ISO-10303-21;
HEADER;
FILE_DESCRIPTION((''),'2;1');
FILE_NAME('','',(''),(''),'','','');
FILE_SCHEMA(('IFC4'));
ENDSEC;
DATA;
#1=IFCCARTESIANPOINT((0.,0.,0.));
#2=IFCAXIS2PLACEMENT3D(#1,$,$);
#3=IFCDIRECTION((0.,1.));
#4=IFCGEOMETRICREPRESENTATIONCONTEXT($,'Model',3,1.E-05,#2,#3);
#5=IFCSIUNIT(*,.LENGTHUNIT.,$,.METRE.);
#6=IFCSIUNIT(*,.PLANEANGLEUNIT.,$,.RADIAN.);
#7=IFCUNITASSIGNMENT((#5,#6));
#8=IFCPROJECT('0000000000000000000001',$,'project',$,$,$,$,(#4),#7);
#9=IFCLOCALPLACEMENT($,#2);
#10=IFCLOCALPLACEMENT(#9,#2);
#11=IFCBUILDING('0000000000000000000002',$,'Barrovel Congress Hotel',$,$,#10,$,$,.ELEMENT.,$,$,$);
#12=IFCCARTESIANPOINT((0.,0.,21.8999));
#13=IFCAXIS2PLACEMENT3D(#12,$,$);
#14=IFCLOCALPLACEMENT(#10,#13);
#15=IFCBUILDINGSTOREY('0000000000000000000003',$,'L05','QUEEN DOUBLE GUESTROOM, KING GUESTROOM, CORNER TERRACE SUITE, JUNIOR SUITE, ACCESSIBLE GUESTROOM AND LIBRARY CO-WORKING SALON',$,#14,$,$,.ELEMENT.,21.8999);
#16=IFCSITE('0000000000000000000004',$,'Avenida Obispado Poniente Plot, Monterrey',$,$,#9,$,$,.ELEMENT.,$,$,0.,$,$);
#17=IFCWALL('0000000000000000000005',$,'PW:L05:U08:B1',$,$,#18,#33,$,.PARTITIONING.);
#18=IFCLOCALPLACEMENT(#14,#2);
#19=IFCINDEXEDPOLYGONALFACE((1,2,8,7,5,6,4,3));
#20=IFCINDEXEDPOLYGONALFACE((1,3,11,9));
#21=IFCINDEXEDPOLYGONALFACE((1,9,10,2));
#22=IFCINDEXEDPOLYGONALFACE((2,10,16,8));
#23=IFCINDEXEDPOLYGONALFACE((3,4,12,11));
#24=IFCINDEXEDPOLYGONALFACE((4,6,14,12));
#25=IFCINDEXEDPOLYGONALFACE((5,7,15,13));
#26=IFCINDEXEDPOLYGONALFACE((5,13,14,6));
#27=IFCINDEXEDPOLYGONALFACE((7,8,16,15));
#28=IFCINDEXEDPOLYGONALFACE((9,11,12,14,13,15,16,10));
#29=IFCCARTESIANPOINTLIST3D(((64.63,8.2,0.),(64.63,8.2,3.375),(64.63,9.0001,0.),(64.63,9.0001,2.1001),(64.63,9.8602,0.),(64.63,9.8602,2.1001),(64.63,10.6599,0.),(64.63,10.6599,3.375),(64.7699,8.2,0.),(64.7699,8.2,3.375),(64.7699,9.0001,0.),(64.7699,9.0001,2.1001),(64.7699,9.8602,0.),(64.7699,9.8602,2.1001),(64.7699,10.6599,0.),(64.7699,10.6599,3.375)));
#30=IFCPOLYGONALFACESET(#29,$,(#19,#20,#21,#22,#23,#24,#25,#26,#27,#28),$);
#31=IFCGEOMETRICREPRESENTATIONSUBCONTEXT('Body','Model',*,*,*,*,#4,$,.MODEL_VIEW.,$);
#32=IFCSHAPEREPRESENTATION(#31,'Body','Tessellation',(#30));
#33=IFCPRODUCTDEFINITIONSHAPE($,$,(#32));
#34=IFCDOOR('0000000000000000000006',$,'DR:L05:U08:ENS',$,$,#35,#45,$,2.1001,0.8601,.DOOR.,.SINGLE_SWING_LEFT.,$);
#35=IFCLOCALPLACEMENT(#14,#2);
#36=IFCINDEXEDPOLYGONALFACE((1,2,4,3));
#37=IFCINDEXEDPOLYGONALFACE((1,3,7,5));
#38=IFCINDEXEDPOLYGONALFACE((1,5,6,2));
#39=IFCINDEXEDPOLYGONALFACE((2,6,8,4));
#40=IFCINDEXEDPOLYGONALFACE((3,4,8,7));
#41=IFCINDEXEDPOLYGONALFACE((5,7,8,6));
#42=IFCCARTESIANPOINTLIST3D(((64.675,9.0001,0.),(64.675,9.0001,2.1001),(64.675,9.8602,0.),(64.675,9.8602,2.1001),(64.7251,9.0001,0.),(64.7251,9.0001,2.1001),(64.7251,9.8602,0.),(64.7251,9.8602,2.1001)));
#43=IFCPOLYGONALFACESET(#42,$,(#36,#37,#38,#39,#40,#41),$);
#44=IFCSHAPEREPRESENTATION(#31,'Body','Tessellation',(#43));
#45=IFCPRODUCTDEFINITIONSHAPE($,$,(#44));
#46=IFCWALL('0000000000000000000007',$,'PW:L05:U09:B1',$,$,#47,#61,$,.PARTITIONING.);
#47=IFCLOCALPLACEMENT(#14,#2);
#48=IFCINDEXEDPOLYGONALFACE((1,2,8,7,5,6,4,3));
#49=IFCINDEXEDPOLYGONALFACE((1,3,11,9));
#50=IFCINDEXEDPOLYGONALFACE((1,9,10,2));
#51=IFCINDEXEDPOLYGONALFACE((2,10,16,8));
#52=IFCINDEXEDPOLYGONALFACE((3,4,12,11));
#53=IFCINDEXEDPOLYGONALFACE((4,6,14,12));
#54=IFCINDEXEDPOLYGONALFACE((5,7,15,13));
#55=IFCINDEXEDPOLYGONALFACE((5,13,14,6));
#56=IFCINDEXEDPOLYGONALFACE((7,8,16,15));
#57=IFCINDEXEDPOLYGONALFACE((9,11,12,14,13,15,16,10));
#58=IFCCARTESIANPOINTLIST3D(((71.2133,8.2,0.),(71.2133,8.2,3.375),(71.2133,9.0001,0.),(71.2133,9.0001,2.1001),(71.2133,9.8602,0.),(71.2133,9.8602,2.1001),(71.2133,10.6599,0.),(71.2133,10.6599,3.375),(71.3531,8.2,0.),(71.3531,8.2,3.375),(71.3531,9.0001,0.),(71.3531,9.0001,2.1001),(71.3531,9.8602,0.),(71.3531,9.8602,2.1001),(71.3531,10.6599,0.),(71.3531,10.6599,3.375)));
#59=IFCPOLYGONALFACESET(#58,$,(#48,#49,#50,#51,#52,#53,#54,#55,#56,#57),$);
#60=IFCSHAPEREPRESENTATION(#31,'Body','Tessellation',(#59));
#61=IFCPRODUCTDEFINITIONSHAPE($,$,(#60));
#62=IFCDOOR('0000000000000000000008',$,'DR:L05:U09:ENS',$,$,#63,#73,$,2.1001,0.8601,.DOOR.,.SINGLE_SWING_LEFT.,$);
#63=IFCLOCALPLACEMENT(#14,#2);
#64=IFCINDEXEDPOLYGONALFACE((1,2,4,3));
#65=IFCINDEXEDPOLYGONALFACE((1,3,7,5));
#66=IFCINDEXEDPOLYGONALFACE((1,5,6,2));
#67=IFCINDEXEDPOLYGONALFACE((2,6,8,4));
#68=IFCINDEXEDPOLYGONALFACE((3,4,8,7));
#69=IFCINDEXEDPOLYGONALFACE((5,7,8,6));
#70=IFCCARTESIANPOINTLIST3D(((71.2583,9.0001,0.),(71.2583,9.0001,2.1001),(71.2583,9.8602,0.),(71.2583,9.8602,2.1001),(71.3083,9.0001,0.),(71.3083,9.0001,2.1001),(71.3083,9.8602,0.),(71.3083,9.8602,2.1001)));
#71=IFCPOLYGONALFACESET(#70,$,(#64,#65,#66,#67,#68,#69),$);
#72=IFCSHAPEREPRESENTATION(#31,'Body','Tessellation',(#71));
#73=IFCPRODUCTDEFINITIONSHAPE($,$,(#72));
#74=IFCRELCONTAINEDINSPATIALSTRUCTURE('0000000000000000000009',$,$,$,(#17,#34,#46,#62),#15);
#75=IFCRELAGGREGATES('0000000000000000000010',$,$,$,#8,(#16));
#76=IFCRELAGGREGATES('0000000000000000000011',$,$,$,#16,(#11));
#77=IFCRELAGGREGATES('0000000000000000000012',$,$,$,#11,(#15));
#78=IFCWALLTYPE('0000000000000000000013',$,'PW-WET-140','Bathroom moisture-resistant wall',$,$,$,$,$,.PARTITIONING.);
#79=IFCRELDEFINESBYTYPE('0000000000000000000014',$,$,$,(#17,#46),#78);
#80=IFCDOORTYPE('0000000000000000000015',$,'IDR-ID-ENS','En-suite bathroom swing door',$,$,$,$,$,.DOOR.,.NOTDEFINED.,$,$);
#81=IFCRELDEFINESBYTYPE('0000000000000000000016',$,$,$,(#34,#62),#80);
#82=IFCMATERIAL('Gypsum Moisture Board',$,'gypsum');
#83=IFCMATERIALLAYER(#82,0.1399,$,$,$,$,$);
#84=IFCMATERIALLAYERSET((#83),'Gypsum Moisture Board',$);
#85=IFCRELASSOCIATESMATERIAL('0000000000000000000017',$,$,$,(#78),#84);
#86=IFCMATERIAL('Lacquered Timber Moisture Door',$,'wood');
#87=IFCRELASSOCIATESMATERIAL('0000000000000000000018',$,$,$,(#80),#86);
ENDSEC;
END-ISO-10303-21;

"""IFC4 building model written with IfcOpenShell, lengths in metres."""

from ifc_helpers import new_model, si_unit, direction, frame, frame_2d, origin, place, context, subcontext, project, spatial, rectangle, extrude, material, layer, layer_set, type_object, element, fill, save


model = new_model("IFC4")

# Units and contexts
model_context = context("Model", 3, precision=1e-05, world=origin(), true_north=direction((0.0, 1.0)))
body_context = subcontext(model_context, "Body", "Model", "MODEL_VIEW")
ifc_project = project(units=[si_unit("LENGTHUNIT", "METRE"), si_unit("PLANEANGLEUNIT", "RADIAN")], contexts=[model_context])

# Site, building, storey
site_placement = place(None, origin())
site = spatial("IfcSite", under=ifc_project, at=site_placement, Name="Avenida Obispado Poniente Plot, Monterrey", CompositionType="ELEMENT", RefElevation=0.0)
building_placement = place(site_placement, origin())
building = spatial("IfcBuilding", under=site, at=building_placement, Name="Barrovel Congress Hotel", CompositionType="ELEMENT")
storey_placement = place(building_placement, frame((0.0, 0.0, 21.8999)))
storey = spatial("IfcBuildingStorey", under=building, at=storey_placement, Name="L05", Description="QUEEN DOUBLE GUESTROOM, KING GUESTROOM, CORNER TERRACE SUITE, JUNIOR SUITE, ACCESSIBLE GUESTROOM AND LIBRARY CO-WORKING SALON", CompositionType="ELEMENT", Elevation=21.8999)

# Walls, openings, doors
ifc_material_1 = material(Name="Gypsum Moisture Board", Category="gypsum")
ifc_layer_1 = layer(ifc_material_1, 0.1399)
ifc_layer_set_1 = layer_set([ifc_layer_1], Name="Gypsum Moisture Board")
wall_type_1 = type_object("IfcWallType", Name="PW-WET-140", Description="Bathroom moisture-resistant wall", PredefinedType="PARTITIONING", material=ifc_layer_set_1)
wall_1_placement = place(storey_placement, frame((64.7, 8.2, 0.0), z_axis=(0.0, 0.0, 1.0), x_axis=(0.0, 1.0, 0.0)))
wall_1 = element("IfcWall", 1, at=wall_1_placement, inside=storey, type_object=wall_type_1, Name="PW:L05:U08:B1", PredefinedType="PARTITIONING", context=body_context, shape_type="SweptSolid", body=[
    extrude(rectangle(XDim=2.46, YDim=0.1399, at=frame_2d((1.23, 0.0))), origin(), (0.0, 0.0, 1.0), 3.375),
])
opening_1_placement = place(wall_1_placement, frame((0.8, 0.0, 0.0)))
opening_1 = element("IfcOpeningElement", 2, at=opening_1_placement, cuts=wall_1, PredefinedType="OPENING", context=body_context, shape_type="SweptSolid", body=[
    extrude(rectangle(XDim=0.8601, YDim=2.1001, at=frame_2d((0.4302, 1.05))), frame((0.0, 0.0801, 0.0), z_axis=(0.0, -1.0, 0.0), x_axis=(1.0, 0.0, 0.0)), (0.0, 0.0, 1.0), 0.1599),
])
ifc_material_2 = material(Name="Lacquered Timber Moisture Door", Category="wood")
door_type_1 = type_object("IfcDoorType", Name="IDR-ID-ENS", Description="En-suite bathroom swing door", OperationType="NOTDEFINED", PredefinedType="DOOR", material=ifc_material_2)
door_1_placement = place(opening_1_placement, origin())
door_1 = element("IfcDoor", 3, at=door_1_placement, inside=storey, type_object=door_type_1, Name="DR:L05:U08:ENS", OperationType="SINGLE_SWING_LEFT", OverallHeight=2.1001, OverallWidth=0.8601, PredefinedType="DOOR", context=body_context, shape_type="SweptSolid", body=[
    extrude(rectangle(XDim=0.8601, YDim=2.1001, at=frame_2d((0.4302, 1.05))), frame((0.0, 0.0249, 0.0), z_axis=(0.0, -1.0, 0.0), x_axis=(1.0, 0.0, 0.0)), (0.0, 0.0, 1.0), 0.05),
])
fill(opening_1, door_1)
wall_2_placement = place(storey_placement, frame((71.2832, 8.2, 0.0), z_axis=(0.0, 0.0, 1.0), x_axis=(0.0, 1.0, 0.0)))
wall_2 = element("IfcWall", 4, at=wall_2_placement, inside=storey, type_object=wall_type_1, Name="PW:L05:U09:B1", PredefinedType="PARTITIONING", context=body_context, shape_type="SweptSolid", body=[
    extrude(rectangle(XDim=2.46, YDim=0.1399, at=frame_2d((1.23, 0.0))), origin(), (0.0, 0.0, 1.0), 3.375),
])
opening_2_placement = place(wall_2_placement, frame((0.8, 0.0, 0.0)))
opening_2 = element("IfcOpeningElement", 5, at=opening_2_placement, cuts=wall_2, PredefinedType="OPENING", context=body_context, shape_type="SweptSolid", body=[
    extrude(rectangle(XDim=0.8601, YDim=2.1001, at=frame_2d((0.4302, 1.05))), frame((0.0, 0.0801, 0.0), z_axis=(0.0, -1.0, 0.0), x_axis=(1.0, 0.0, 0.0)), (0.0, 0.0, 1.0), 0.1599),
])
door_2_placement = place(opening_2_placement, origin())
door_2 = element("IfcDoor", 6, at=door_2_placement, inside=storey, type_object=door_type_1, Name="DR:L05:U09:ENS", OperationType="SINGLE_SWING_LEFT", OverallHeight=2.1001, OverallWidth=0.8601, PredefinedType="DOOR", context=body_context, shape_type="SweptSolid", body=[
    extrude(rectangle(XDim=0.8601, YDim=2.1001, at=frame_2d((0.4302, 1.05))), frame((0.0, 0.0249, 0.0), z_axis=(0.0, -1.0, 0.0), x_axis=(1.0, 0.0, 0.0)), (0.0, 0.0, 1.0), 0.05),
])
fill(opening_2, door_2)

save(model, "model.ifc")
